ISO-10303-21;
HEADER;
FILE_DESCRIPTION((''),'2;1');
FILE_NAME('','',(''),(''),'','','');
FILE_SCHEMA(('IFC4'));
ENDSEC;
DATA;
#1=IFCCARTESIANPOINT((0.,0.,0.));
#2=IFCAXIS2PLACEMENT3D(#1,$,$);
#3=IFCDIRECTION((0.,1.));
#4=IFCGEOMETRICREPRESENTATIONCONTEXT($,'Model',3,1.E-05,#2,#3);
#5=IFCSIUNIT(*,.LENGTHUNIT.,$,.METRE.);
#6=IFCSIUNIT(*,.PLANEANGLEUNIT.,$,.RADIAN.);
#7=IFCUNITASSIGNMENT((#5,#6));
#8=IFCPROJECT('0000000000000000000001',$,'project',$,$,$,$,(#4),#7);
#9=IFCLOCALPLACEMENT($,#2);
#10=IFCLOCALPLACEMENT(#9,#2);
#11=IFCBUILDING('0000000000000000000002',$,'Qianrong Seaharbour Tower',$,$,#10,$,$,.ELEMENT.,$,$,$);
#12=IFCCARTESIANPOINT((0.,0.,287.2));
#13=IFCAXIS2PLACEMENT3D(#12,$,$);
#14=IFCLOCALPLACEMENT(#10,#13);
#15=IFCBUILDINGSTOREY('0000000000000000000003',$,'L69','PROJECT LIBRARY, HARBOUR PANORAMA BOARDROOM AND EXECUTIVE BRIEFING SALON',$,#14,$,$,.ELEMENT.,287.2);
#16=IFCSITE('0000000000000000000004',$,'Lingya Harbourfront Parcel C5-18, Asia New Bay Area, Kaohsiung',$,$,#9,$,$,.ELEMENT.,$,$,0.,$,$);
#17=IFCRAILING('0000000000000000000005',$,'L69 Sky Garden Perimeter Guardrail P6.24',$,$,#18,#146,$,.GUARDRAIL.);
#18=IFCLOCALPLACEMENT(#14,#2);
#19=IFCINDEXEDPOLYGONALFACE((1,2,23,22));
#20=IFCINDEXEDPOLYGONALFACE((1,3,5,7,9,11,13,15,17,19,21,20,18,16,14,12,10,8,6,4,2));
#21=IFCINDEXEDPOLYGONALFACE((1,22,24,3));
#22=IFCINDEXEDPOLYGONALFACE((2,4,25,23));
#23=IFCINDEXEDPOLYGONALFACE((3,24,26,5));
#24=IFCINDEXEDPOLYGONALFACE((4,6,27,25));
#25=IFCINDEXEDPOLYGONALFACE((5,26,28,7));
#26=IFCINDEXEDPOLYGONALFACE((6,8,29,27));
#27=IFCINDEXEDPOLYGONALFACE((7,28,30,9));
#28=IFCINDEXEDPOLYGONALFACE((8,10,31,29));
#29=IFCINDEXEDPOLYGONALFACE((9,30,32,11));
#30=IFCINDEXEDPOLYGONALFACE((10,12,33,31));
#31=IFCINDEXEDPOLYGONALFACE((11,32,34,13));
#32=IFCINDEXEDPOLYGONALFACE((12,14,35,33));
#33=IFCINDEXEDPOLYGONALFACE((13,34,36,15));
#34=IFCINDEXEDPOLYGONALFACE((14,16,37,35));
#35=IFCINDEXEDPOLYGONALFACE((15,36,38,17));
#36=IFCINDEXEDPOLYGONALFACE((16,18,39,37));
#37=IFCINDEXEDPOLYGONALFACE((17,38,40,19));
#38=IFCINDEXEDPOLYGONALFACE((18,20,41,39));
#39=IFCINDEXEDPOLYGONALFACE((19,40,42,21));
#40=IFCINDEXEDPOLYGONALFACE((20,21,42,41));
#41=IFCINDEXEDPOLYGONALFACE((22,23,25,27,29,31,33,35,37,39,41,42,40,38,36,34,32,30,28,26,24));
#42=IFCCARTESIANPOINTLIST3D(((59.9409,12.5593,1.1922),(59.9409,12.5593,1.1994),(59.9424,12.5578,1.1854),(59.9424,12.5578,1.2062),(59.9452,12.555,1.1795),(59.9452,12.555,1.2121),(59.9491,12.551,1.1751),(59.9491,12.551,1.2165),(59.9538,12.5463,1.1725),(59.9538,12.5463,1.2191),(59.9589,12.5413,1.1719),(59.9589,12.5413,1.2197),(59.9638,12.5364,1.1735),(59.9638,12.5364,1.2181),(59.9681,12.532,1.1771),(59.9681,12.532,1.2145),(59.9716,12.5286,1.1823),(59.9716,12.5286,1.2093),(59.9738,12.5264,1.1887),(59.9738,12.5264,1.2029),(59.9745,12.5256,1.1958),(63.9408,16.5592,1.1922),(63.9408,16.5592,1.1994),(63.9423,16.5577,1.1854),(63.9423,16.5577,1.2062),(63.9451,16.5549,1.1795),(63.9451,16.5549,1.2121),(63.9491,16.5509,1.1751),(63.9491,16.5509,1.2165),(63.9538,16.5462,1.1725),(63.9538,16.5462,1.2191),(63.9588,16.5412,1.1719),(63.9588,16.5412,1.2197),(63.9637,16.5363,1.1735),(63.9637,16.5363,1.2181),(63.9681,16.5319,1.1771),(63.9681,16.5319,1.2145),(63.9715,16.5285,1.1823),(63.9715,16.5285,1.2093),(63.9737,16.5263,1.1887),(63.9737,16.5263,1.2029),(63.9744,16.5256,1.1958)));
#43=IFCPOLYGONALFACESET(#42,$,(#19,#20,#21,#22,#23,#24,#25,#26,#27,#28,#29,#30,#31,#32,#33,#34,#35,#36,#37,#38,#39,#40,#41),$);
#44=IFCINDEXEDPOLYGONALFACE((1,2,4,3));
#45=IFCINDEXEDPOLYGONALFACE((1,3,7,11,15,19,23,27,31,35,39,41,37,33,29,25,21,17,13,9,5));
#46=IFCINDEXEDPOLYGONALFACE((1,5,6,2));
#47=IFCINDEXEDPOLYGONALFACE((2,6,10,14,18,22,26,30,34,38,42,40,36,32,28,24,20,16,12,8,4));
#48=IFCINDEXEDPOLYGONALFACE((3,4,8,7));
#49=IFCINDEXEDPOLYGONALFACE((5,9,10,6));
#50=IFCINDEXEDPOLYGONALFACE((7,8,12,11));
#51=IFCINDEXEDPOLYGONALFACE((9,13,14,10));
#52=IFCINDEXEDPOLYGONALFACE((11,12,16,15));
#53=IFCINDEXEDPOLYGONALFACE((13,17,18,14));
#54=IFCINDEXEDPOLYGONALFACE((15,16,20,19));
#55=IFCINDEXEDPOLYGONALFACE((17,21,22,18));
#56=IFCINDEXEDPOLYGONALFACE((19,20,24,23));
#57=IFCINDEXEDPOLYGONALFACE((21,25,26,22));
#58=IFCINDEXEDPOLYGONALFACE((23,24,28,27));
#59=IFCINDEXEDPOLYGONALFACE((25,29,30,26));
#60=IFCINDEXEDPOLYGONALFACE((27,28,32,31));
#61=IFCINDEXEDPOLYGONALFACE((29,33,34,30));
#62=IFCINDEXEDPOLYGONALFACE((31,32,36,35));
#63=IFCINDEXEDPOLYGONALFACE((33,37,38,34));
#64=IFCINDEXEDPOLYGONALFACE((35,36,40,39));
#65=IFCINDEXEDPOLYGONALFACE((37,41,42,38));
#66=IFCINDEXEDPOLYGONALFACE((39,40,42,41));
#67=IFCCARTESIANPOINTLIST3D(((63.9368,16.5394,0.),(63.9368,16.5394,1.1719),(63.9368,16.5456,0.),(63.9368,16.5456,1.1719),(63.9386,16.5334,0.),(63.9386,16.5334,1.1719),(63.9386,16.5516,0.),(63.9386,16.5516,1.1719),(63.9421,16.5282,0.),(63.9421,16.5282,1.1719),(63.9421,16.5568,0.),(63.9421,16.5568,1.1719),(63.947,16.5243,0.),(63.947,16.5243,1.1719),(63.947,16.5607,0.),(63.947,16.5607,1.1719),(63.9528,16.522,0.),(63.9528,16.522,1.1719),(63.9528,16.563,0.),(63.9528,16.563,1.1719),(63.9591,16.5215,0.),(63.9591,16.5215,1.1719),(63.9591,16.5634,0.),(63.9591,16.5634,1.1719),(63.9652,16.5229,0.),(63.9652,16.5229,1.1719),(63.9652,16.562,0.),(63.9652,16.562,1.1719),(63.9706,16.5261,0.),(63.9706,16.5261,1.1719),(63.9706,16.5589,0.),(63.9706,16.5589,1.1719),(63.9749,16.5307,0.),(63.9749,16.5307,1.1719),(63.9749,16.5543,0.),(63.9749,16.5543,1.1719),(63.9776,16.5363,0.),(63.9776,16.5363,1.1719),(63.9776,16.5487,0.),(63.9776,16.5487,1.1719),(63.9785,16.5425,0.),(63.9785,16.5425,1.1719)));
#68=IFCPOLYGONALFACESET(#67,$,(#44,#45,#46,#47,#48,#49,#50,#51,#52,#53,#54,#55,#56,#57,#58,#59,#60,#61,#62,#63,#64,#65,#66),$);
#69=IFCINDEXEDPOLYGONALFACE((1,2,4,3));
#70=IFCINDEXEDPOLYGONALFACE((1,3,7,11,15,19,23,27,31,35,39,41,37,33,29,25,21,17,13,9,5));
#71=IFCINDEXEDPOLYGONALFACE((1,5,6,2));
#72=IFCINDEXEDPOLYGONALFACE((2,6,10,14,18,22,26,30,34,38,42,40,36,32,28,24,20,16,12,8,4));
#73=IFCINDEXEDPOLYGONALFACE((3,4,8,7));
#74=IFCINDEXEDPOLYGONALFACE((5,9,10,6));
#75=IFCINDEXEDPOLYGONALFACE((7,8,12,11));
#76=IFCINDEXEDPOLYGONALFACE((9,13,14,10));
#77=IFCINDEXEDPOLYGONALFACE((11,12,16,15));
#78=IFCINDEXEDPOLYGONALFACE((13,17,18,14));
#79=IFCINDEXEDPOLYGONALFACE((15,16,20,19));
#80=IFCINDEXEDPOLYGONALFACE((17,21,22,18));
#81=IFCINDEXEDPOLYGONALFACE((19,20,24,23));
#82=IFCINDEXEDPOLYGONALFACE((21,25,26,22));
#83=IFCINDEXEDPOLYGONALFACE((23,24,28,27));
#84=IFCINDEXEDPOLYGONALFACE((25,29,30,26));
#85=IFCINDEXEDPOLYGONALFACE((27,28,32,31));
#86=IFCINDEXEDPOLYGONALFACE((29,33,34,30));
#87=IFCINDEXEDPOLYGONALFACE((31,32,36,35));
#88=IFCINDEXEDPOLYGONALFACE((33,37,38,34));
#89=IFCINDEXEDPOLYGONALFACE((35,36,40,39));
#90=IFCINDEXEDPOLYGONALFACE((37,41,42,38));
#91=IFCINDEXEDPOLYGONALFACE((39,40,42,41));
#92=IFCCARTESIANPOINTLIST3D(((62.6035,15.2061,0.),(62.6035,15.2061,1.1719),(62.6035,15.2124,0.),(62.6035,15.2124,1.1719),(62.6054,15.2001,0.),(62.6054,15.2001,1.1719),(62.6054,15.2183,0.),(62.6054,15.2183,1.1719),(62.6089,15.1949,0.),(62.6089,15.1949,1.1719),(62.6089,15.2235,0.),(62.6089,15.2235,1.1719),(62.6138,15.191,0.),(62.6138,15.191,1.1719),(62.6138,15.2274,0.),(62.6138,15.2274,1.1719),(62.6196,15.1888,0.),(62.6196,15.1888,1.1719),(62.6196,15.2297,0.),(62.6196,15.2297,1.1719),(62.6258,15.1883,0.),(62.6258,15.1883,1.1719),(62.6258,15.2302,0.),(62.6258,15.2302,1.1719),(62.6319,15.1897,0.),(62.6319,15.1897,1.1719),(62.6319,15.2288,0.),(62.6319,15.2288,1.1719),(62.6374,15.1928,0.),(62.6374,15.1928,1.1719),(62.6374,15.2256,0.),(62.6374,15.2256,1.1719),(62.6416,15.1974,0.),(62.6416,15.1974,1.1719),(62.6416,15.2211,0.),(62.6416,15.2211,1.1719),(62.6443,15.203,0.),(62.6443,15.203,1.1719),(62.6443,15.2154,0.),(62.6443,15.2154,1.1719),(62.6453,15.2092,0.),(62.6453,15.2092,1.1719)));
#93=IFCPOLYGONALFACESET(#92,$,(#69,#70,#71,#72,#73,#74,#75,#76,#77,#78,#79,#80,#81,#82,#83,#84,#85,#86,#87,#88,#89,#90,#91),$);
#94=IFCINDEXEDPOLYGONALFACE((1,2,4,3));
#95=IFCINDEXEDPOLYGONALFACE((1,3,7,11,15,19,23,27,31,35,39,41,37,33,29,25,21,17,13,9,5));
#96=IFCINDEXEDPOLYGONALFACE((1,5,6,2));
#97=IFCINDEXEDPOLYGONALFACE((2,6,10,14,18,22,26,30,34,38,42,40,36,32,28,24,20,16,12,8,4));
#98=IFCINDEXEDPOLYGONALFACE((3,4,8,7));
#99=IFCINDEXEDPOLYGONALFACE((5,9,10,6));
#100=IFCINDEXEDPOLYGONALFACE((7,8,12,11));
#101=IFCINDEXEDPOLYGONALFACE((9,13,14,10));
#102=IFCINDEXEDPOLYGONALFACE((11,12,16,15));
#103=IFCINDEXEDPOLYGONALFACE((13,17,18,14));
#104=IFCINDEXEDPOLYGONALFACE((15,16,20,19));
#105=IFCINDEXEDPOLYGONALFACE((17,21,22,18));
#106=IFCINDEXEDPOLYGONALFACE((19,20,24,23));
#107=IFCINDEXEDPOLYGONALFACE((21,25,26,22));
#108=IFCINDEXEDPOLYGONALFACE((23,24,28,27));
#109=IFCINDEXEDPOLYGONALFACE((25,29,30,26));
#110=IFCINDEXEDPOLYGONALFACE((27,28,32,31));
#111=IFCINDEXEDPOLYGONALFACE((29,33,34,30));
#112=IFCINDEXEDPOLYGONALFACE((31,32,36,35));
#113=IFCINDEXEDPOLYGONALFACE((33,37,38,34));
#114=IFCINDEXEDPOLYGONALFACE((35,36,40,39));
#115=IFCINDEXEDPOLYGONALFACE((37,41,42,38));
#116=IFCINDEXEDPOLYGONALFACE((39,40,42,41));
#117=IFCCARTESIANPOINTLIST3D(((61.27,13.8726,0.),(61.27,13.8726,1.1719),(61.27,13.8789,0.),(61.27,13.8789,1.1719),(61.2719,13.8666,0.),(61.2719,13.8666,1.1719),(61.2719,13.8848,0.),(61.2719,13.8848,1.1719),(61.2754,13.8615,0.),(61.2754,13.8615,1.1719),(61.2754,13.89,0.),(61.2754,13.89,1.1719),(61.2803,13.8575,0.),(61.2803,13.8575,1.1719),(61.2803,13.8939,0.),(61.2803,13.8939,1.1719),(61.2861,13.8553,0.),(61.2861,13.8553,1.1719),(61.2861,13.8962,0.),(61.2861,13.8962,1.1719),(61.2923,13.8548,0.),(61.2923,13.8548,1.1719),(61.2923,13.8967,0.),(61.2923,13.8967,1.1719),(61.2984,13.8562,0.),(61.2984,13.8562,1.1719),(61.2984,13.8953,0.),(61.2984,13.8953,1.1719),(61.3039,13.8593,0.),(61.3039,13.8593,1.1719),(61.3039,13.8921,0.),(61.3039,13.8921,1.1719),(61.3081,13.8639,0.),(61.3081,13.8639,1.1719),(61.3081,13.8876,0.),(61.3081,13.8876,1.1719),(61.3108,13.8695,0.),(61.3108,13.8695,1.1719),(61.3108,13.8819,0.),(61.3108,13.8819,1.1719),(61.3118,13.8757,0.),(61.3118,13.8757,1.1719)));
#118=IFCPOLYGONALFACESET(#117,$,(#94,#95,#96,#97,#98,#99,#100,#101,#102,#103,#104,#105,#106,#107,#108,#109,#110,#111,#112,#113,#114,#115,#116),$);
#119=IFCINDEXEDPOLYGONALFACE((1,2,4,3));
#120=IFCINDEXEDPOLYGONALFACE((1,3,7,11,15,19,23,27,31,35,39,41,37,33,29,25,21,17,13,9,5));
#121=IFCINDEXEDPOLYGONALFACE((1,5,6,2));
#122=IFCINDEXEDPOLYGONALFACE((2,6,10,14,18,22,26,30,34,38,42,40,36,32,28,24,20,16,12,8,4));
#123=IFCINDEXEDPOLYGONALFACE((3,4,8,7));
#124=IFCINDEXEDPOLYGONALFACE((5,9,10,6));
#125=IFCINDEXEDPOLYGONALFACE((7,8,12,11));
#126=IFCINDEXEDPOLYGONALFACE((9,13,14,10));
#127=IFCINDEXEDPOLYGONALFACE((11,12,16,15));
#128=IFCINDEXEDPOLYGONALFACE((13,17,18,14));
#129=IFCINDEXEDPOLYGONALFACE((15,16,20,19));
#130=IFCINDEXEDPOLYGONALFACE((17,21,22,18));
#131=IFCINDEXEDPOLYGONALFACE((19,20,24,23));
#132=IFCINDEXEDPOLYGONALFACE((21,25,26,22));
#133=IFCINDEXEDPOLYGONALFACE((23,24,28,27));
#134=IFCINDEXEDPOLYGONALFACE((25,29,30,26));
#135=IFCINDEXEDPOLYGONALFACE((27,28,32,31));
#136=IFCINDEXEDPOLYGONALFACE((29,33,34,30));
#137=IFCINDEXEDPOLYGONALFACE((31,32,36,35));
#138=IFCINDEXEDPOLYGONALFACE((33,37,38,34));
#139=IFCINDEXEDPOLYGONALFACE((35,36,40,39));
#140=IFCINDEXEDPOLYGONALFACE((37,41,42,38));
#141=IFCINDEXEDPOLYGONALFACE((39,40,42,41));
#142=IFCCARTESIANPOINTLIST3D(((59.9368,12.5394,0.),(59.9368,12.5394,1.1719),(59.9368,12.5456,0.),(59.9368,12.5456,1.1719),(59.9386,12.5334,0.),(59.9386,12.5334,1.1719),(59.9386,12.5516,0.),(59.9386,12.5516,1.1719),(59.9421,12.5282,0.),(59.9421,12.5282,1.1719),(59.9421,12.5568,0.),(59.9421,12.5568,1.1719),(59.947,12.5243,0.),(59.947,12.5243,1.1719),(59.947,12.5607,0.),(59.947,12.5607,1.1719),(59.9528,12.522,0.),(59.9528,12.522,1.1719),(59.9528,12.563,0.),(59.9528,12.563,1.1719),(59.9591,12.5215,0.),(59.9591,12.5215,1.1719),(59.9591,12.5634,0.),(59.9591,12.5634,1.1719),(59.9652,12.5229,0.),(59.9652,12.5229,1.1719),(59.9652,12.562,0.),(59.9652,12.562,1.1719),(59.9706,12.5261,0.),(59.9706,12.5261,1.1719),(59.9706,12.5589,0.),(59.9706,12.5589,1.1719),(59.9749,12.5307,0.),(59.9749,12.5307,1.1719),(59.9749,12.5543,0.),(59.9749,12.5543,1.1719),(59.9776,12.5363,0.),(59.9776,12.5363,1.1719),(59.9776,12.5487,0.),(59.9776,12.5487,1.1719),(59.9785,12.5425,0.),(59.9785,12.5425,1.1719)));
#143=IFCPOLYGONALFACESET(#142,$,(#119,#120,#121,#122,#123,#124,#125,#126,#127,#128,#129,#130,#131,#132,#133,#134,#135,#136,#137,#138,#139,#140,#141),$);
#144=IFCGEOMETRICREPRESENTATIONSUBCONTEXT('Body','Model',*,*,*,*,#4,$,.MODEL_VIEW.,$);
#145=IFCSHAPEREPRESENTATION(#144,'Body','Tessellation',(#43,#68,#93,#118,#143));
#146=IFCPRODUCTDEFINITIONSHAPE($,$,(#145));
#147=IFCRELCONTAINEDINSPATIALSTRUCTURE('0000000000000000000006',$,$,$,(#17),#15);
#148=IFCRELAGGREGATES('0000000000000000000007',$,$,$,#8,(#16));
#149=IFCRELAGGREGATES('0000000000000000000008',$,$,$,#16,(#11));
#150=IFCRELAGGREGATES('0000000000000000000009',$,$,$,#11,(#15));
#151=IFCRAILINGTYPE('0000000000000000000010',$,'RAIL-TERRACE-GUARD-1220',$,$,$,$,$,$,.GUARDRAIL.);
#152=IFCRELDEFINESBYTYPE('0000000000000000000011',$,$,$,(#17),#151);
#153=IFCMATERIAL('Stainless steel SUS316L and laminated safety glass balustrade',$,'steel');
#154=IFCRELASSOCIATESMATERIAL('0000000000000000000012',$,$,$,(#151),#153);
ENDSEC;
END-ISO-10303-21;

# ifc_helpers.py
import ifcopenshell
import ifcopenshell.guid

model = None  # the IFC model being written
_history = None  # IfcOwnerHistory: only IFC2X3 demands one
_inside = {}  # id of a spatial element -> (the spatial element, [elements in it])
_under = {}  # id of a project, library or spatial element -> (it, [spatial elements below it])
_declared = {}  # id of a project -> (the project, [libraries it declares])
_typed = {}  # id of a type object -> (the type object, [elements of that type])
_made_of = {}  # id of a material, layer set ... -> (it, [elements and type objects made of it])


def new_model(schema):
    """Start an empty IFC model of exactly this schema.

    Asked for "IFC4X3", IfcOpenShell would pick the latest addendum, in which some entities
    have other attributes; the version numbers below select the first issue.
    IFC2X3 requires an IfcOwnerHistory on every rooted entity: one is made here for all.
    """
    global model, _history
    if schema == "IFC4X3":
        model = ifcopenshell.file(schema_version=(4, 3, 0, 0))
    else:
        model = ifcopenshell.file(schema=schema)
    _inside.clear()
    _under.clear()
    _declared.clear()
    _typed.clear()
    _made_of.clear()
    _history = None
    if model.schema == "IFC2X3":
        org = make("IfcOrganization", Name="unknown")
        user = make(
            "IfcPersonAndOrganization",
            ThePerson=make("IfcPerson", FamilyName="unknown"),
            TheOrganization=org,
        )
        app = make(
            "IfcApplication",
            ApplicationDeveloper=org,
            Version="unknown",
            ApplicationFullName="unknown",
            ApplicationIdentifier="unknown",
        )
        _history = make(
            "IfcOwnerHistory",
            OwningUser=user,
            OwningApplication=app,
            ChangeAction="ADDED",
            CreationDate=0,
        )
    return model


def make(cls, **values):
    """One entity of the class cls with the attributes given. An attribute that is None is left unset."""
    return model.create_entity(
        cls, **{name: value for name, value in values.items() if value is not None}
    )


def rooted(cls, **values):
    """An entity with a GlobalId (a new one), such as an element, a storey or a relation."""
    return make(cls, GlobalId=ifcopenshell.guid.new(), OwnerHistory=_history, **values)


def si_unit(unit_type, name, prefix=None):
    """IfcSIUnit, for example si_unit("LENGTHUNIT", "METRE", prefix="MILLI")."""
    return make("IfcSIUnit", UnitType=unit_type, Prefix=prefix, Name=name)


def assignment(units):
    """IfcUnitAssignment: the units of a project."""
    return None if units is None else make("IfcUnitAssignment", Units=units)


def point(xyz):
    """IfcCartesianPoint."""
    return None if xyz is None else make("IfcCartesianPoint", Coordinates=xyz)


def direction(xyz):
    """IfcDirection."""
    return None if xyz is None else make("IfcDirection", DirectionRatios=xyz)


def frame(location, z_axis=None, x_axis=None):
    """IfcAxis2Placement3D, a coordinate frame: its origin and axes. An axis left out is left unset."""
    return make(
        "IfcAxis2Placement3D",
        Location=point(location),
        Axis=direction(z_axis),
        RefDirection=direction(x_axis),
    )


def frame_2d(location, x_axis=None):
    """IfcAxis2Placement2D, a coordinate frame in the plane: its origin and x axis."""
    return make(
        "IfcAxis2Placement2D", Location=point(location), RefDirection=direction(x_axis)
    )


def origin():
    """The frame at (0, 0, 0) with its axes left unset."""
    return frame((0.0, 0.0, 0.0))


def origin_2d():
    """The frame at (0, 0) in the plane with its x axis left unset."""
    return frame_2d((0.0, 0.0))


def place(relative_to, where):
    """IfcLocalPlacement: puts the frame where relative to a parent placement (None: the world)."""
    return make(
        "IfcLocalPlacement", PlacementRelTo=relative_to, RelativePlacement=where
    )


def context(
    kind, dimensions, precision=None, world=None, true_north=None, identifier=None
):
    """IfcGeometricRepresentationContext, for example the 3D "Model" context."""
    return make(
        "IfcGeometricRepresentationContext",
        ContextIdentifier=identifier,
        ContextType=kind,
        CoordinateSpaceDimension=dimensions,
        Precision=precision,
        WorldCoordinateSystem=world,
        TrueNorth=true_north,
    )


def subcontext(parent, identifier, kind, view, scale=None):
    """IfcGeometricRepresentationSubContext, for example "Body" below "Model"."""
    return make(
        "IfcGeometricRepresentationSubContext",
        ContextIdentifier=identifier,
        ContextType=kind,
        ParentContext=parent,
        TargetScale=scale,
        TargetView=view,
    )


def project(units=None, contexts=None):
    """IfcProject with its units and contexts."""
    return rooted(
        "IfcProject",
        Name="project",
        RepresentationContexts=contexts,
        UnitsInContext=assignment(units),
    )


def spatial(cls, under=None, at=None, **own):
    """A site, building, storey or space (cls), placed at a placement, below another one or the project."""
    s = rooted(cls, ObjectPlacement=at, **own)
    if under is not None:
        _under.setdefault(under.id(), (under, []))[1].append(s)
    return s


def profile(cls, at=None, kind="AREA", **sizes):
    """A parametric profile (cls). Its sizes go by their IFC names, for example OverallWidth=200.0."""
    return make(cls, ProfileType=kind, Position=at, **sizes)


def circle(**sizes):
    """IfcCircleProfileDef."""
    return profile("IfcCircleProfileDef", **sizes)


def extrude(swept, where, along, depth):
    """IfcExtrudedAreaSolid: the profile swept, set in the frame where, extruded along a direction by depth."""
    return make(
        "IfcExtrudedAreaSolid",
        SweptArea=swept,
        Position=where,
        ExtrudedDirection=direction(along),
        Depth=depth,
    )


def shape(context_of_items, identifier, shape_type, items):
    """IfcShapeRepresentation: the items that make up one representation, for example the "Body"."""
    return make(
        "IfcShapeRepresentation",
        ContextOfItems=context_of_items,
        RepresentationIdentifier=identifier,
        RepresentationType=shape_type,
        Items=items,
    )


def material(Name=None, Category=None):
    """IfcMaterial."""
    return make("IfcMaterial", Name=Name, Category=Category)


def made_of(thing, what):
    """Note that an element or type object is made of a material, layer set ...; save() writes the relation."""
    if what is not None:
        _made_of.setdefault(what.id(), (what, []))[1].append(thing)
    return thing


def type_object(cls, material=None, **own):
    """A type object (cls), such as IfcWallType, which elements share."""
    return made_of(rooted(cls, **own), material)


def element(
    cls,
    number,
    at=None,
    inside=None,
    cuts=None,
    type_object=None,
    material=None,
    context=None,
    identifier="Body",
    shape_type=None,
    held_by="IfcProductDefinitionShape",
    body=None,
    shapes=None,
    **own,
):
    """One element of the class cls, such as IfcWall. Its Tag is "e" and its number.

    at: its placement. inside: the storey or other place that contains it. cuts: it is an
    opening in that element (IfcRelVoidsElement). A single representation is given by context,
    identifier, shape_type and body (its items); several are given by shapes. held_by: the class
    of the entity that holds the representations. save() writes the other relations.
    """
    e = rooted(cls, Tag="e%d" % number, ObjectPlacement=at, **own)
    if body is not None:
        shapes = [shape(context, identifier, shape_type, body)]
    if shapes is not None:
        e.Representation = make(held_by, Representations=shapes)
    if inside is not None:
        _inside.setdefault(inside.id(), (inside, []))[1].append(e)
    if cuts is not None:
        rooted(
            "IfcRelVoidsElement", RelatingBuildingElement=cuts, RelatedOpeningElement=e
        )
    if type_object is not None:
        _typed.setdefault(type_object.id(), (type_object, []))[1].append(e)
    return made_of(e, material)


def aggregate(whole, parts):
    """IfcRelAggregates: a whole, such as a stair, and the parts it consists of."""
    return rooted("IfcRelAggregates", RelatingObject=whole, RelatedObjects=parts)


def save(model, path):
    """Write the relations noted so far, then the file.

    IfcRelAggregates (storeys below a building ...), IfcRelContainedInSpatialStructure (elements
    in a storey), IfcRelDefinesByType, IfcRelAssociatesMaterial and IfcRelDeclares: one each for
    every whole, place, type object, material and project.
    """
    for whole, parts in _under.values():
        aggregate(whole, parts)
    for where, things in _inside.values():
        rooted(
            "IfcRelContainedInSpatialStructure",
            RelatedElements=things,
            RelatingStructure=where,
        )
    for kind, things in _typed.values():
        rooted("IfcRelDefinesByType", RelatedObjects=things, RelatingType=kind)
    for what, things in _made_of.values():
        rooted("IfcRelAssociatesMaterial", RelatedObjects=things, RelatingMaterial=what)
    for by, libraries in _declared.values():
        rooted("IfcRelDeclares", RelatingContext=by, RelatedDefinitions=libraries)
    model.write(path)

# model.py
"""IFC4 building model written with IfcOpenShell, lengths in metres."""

from ifc_helpers import new_model, si_unit, direction, frame, origin, origin_2d, place, context, subcontext, project, spatial, circle, extrude, material, type_object, element, save


model = new_model("IFC4")

# Units and contexts
model_context = context("Model", 3, precision=1e-05, world=origin(), true_north=direction((0.0, 1.0)))
body_context = subcontext(model_context, "Body", "Model", "MODEL_VIEW")
ifc_project = project(units=[si_unit("LENGTHUNIT", "METRE"), si_unit("PLANEANGLEUNIT", "RADIAN")], contexts=[model_context])

# Site, building, storey
site_placement = place(None, origin())
site = spatial("IfcSite", under=ifc_project, at=site_placement, Name="Lingya Harbourfront Parcel C5-18, Asia New Bay Area, Kaohsiung", CompositionType="ELEMENT", RefElevation=0.0)
building_placement = place(site_placement, origin())
building = spatial("IfcBuilding", under=site, at=building_placement, Name="Qianrong Seaharbour Tower", CompositionType="ELEMENT")
storey_placement = place(building_placement, frame((0.0, 0.0, 287.2)))
storey = spatial("IfcBuildingStorey", under=building, at=storey_placement, Name="L69", Description="PROJECT LIBRARY, HARBOUR PANORAMA BOARDROOM AND EXECUTIVE BRIEFING SALON", CompositionType="ELEMENT", Elevation=287.2)

# Railing
ifc_material_1 = material(Name="Stainless steel SUS316L and laminated safety glass balustrade", Category="steel")
railing_type = type_object("IfcRailingType", Name="RAIL-TERRACE-GUARD-1220", PredefinedType="GUARDRAIL", material=ifc_material_1)
railing_1_placement = place(storey_placement, frame((63.9575, 16.5425, 0.0)))
element("IfcRailing", 1, at=railing_1_placement, inside=storey, type_object=railing_type, Name="L69 Sky Garden Perimeter Guardrail P6.24", PredefinedType="GUARDRAIL", context=body_context, shape_type="SweptSolid", body=[
    extrude(circle(Radius=0.0239, at=origin_2d()), frame((0.0, 0.0, 1.1958), z_axis=(-0.707107, -0.707107, 0.0), x_axis=(0.707107, -0.707107, 0.0)), (0.0, 0.0, 1.0), 5.6567),
    extrude(circle(Radius=0.021, at=origin_2d()), origin(), (0.0, 0.0, 1.0), 1.1719),
    extrude(circle(Radius=0.021, at=origin_2d()), frame((-1.3333, -1.3333, 0.0)), (0.0, 0.0, 1.0), 1.1719),
    extrude(circle(Radius=0.021, at=origin_2d()), frame((-2.6667, -2.6667, 0.0)), (0.0, 0.0, 1.0), 1.1719),
    extrude(circle(Radius=0.021, at=origin_2d()), frame((-4.0, -4.0, 0.0)), (0.0, 0.0, 1.0), 1.1719),
])

save(model, "model.ifc")
